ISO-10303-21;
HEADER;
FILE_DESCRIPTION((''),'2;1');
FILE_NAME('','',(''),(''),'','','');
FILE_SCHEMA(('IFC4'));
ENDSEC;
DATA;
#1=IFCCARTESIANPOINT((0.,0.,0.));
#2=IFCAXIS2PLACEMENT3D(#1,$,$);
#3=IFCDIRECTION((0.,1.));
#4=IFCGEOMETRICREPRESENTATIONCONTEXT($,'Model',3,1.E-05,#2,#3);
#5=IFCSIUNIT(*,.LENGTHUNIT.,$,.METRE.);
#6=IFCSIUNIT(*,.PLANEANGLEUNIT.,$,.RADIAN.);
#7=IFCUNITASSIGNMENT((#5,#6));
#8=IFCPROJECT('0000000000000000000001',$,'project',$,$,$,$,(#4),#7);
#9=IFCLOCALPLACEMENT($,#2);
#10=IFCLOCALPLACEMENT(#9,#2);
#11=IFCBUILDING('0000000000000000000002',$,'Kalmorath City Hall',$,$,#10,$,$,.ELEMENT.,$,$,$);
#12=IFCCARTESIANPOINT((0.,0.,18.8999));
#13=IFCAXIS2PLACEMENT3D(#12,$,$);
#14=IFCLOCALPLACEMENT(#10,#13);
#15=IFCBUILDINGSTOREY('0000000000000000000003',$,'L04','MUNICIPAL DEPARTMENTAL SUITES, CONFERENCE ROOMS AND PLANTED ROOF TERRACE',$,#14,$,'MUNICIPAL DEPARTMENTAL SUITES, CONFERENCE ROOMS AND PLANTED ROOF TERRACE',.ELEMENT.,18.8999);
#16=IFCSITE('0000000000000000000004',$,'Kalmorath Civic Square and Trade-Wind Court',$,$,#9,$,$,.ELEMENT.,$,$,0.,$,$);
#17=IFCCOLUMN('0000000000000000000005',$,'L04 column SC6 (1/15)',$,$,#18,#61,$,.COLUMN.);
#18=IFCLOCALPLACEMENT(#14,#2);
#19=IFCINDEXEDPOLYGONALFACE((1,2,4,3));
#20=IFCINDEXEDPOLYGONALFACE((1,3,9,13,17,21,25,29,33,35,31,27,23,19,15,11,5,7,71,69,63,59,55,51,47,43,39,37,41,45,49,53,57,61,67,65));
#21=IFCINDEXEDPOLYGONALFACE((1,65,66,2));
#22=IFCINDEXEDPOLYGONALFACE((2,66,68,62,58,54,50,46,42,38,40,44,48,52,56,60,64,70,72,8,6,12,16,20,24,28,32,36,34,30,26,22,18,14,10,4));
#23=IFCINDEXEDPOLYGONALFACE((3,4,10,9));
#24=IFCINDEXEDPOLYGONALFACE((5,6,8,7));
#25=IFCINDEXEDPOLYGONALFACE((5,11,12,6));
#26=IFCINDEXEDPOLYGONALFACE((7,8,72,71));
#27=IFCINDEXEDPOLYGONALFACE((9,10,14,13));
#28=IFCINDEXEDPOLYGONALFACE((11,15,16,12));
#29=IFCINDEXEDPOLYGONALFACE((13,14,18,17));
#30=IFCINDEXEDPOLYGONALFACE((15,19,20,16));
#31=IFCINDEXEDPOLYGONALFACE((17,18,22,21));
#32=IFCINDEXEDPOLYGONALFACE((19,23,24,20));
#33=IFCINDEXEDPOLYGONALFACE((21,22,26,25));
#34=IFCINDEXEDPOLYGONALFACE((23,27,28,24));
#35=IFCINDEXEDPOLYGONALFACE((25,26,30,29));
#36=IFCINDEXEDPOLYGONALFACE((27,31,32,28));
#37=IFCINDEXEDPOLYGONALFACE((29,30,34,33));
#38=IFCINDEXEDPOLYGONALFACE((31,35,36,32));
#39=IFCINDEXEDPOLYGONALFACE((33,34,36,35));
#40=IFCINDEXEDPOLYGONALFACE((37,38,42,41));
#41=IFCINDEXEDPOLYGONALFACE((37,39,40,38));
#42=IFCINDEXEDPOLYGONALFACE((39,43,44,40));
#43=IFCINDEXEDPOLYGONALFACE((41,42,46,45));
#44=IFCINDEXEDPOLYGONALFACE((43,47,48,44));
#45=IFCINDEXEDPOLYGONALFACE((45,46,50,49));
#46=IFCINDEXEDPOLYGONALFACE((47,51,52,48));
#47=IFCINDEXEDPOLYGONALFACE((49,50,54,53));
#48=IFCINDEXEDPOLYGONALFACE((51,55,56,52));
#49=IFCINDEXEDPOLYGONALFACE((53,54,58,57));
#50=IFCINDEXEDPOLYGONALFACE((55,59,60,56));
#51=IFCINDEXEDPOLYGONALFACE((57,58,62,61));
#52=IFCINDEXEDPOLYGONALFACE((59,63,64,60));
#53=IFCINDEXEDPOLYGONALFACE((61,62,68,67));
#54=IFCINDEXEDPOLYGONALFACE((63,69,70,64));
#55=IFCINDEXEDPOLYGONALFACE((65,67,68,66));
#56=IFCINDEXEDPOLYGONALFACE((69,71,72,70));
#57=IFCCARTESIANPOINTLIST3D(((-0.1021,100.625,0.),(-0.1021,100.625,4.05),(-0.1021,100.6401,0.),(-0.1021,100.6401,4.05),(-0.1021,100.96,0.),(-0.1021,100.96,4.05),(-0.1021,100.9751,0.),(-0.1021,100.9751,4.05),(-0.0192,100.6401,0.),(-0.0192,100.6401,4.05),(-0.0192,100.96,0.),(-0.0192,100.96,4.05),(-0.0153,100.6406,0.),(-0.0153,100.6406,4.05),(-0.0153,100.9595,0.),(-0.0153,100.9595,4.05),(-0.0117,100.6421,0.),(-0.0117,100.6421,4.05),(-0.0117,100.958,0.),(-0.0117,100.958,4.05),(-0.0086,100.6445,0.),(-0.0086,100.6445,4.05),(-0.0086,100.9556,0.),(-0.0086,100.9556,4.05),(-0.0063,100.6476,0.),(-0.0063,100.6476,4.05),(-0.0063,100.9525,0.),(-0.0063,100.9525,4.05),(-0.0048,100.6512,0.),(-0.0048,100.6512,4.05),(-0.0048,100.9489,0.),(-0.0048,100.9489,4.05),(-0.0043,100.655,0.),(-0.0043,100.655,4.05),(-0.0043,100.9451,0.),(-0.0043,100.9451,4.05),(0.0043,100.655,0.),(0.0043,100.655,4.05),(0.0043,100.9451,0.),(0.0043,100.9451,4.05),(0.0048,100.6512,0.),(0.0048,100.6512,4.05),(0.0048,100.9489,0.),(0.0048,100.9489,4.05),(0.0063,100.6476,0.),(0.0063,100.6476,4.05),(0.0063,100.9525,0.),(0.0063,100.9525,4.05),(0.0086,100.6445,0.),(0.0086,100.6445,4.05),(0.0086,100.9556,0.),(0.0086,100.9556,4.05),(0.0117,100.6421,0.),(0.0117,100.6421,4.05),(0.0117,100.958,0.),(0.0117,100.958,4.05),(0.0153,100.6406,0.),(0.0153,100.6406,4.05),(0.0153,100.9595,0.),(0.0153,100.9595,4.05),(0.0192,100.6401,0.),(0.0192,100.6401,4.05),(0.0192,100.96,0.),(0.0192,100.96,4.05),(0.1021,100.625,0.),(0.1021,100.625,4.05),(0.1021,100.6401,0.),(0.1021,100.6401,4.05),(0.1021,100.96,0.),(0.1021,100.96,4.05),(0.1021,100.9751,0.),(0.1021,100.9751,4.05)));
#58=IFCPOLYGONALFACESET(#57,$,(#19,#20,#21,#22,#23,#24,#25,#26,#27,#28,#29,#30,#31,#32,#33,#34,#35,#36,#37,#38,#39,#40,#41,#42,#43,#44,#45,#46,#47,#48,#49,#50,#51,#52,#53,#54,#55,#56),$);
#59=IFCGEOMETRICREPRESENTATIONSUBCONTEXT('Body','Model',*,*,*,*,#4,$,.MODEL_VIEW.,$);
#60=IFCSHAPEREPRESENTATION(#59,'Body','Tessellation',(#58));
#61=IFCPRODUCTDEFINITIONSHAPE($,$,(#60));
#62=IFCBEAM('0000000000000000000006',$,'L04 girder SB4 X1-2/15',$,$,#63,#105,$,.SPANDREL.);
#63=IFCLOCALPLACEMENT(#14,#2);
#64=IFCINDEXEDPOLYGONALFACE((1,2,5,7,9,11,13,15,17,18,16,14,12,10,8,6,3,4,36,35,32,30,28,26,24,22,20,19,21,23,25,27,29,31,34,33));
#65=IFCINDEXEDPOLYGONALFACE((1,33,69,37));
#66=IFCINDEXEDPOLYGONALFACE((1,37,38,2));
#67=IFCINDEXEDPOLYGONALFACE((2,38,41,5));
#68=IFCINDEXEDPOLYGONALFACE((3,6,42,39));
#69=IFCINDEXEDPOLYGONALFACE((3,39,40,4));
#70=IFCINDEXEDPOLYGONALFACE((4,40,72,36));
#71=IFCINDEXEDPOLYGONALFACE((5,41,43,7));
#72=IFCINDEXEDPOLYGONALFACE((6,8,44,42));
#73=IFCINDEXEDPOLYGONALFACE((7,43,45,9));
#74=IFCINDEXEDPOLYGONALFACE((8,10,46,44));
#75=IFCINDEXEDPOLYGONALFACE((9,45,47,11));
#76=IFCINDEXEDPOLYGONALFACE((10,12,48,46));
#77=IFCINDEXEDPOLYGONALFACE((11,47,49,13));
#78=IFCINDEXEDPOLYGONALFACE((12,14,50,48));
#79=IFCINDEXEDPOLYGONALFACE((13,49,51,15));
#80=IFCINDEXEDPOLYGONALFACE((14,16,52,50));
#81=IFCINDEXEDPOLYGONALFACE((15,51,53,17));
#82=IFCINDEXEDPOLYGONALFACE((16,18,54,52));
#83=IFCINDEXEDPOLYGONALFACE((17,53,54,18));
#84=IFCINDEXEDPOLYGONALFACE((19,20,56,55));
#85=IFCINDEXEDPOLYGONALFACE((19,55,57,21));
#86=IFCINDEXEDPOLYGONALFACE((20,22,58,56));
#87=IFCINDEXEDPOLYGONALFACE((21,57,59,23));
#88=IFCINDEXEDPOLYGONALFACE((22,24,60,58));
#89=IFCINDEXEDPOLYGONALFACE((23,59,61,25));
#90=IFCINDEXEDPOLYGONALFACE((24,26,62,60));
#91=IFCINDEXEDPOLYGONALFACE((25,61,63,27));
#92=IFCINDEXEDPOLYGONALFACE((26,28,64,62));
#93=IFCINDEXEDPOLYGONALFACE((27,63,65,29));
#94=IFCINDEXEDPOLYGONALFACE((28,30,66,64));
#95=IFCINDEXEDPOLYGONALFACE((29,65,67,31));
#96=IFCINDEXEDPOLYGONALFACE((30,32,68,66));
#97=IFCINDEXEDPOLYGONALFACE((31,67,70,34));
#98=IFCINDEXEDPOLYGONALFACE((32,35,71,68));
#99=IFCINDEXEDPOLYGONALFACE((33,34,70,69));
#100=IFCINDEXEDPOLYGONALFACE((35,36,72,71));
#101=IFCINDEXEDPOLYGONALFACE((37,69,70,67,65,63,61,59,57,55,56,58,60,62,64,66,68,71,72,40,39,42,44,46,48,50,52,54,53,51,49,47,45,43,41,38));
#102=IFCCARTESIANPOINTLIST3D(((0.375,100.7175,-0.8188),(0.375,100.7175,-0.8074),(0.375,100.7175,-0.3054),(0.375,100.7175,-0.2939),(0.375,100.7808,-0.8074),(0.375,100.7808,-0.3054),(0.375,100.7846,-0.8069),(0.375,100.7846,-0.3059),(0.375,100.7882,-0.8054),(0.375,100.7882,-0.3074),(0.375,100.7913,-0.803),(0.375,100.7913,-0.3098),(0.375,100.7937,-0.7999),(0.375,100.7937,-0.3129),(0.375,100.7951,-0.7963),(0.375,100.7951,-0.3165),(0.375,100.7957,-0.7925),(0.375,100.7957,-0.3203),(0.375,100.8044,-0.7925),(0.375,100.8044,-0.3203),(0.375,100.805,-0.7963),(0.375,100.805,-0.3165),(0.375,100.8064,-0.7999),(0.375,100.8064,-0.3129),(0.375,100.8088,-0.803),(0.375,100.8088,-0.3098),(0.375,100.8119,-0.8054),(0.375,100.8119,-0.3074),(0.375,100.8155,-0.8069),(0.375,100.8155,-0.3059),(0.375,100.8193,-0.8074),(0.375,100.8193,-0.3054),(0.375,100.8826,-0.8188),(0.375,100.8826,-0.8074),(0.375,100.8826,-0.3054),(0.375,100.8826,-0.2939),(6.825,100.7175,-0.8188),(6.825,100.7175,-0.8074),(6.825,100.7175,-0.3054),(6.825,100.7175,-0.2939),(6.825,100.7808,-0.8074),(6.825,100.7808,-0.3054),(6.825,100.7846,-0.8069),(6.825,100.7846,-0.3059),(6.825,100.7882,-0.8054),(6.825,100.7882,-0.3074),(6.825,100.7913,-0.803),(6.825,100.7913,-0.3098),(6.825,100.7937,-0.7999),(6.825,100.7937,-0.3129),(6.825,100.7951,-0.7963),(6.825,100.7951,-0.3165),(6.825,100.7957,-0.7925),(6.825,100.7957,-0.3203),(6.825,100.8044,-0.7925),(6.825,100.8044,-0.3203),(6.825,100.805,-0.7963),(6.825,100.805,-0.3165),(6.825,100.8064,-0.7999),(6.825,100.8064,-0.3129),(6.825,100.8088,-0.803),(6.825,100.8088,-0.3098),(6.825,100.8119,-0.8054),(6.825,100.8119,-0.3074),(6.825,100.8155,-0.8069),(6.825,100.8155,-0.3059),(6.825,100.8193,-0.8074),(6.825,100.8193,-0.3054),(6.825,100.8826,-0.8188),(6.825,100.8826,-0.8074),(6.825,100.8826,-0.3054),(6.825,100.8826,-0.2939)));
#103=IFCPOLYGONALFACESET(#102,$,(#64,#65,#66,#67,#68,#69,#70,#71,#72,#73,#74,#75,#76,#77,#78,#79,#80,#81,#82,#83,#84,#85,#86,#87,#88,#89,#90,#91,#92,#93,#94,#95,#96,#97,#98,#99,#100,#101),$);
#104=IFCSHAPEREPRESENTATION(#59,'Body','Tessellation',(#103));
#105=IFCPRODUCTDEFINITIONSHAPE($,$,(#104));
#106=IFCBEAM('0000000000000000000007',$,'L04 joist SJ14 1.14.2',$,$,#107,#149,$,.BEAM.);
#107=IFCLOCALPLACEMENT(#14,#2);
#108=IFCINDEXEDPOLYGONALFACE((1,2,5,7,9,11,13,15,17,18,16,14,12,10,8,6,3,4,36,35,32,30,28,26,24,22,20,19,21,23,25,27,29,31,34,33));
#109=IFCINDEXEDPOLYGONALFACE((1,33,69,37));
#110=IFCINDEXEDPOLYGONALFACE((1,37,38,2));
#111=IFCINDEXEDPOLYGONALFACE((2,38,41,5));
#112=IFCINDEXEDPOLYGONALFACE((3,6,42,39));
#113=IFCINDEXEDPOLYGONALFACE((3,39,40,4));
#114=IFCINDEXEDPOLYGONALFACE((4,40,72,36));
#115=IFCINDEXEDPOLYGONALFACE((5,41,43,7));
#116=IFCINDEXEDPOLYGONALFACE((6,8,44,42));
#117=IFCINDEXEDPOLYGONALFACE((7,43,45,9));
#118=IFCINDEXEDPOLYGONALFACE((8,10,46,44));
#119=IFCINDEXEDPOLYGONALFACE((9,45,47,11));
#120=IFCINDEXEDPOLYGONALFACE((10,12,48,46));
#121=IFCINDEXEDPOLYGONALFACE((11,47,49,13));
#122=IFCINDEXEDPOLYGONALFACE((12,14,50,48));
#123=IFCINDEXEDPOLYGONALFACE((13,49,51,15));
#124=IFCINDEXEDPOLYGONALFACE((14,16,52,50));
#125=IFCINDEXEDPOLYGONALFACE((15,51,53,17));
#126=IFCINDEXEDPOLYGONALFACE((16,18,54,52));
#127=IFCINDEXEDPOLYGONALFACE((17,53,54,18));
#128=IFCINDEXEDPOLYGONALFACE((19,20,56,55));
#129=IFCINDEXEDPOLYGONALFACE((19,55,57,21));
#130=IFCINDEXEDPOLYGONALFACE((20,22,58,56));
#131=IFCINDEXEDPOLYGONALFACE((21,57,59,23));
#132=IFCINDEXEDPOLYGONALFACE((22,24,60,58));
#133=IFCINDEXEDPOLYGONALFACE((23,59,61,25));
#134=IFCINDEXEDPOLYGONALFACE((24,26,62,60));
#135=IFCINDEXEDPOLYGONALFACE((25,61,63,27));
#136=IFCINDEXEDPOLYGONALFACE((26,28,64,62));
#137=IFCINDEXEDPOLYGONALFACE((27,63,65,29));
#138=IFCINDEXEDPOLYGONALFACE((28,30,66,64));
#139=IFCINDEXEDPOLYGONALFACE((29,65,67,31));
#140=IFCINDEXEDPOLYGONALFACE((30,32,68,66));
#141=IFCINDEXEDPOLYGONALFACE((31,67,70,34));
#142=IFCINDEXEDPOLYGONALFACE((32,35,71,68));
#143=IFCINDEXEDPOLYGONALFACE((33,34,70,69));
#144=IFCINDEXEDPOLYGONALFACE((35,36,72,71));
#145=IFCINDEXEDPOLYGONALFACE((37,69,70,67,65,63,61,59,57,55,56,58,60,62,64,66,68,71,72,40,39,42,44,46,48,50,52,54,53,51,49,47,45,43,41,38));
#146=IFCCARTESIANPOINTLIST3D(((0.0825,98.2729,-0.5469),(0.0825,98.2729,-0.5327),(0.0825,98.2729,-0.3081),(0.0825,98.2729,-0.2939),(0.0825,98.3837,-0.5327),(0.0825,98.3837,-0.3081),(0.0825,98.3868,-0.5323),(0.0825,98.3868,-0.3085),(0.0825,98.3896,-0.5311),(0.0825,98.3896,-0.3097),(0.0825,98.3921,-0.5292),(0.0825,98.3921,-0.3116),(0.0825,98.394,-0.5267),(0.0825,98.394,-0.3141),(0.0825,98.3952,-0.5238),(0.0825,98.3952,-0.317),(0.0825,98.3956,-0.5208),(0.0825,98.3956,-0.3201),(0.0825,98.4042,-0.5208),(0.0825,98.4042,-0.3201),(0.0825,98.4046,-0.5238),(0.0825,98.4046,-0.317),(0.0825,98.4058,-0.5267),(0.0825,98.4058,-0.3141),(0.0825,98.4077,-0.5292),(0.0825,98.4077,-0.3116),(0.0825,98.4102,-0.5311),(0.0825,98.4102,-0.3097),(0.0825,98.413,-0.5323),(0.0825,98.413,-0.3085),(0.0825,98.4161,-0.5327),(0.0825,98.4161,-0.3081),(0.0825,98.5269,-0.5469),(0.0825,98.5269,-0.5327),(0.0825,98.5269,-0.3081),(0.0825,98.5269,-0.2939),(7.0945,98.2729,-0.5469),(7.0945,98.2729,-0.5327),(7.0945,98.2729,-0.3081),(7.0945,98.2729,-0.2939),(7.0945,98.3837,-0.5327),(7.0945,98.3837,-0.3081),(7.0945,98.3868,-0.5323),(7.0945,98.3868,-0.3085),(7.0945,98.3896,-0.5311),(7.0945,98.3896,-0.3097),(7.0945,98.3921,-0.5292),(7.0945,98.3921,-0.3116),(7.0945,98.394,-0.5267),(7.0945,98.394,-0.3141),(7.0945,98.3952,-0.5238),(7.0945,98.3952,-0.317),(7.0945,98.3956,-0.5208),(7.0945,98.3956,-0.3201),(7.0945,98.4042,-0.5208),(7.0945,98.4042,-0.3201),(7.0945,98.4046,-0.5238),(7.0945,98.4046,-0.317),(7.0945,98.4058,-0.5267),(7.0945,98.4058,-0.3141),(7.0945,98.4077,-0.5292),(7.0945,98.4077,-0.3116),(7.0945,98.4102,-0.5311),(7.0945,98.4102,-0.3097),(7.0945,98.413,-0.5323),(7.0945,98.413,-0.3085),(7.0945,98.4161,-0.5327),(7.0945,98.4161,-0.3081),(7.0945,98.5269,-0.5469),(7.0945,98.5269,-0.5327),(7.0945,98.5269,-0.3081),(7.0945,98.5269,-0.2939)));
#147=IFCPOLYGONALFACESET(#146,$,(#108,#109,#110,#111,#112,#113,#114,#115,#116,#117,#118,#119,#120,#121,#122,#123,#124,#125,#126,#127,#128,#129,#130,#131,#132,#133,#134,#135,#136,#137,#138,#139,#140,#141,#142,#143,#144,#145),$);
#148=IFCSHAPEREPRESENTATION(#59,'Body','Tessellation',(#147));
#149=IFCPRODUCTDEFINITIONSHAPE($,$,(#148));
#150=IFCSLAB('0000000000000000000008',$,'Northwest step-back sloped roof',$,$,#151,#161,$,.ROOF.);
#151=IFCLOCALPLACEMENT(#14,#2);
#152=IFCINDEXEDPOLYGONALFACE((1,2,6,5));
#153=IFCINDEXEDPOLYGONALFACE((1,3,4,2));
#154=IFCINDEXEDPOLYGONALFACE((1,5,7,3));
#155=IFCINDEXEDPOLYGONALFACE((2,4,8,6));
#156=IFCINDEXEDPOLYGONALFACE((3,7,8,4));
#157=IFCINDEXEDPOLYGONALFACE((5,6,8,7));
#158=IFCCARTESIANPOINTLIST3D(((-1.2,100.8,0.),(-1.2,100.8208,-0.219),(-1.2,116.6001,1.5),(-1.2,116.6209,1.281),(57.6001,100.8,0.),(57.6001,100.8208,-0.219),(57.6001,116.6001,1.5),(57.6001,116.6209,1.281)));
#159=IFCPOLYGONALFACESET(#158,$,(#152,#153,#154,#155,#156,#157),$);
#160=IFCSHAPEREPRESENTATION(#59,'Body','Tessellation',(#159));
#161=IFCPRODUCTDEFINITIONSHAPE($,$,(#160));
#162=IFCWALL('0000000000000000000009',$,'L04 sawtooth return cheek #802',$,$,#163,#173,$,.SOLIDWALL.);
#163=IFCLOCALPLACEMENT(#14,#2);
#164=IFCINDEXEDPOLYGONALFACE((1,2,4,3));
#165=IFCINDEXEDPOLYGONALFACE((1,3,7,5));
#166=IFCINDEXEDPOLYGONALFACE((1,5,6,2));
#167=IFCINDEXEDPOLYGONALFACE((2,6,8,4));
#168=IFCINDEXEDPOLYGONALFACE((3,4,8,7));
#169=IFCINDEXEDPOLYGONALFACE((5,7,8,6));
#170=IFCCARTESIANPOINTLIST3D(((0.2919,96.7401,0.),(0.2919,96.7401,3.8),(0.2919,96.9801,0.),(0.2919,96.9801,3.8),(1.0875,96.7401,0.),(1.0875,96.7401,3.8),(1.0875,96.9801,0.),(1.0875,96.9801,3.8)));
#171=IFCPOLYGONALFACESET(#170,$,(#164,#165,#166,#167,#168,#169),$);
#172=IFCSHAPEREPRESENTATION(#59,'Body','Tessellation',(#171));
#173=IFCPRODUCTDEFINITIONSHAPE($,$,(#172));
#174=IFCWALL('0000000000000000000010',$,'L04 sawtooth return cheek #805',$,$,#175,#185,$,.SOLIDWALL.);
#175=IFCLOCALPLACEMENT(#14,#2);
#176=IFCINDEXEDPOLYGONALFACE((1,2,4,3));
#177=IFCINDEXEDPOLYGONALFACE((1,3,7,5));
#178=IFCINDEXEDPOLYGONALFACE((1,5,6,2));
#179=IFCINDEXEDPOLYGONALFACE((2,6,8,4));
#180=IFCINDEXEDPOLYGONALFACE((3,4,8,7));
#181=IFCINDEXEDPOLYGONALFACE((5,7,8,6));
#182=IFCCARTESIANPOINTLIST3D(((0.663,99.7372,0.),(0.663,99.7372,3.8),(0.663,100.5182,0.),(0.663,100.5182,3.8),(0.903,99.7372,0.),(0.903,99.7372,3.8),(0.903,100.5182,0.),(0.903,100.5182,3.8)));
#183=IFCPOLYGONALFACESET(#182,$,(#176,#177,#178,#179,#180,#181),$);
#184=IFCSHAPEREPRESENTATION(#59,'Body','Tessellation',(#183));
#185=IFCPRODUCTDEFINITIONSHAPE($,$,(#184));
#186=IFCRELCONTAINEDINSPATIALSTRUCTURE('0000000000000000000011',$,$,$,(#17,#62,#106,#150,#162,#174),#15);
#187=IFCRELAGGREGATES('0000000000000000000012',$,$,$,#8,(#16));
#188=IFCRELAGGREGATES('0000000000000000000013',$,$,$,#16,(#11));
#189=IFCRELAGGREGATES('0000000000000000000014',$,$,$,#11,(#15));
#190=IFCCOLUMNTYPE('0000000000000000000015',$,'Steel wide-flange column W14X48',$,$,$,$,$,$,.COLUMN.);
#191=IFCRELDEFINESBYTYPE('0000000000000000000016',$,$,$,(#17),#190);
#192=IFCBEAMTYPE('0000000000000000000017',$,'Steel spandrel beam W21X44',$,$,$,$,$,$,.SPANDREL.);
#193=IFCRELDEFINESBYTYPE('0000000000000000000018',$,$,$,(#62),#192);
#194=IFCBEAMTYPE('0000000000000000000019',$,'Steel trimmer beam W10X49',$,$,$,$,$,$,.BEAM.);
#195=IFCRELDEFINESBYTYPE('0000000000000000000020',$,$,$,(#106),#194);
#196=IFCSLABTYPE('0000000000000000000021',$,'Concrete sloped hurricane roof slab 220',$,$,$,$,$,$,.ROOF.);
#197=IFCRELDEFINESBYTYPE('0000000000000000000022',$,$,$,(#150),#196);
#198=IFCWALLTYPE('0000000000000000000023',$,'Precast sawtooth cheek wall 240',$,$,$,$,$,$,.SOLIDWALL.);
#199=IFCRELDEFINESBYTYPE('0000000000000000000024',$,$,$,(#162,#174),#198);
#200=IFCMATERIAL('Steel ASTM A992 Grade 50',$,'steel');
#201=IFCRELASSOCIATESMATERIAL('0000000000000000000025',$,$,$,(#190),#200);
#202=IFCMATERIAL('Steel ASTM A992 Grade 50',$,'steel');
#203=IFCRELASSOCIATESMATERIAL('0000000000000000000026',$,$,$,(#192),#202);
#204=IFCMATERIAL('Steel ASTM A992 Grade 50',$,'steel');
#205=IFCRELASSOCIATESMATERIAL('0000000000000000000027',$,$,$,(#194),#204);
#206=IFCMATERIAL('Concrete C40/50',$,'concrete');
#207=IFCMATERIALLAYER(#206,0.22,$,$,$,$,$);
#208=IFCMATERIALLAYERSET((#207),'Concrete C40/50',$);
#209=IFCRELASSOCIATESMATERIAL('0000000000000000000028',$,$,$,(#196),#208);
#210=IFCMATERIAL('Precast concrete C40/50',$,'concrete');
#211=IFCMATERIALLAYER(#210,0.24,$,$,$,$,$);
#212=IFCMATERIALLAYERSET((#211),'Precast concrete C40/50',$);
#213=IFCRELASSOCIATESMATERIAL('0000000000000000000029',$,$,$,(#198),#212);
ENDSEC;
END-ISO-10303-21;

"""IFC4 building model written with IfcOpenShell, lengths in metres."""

from ifc_helpers import new_model, si_unit, direction, frame, frame_2d, origin, origin_2d, place, context, subcontext, project, spatial, polyline, rectangle, i_section, outline, extrude, material, layer, layer_set, material_profile, profile_set, type_object, element, save


model = new_model("IFC4")

# Units and contexts
model_context = context("Model", 3, precision=1e-05, world=origin(), true_north=direction((0.0, 1.0)))
body_context = subcontext(model_context, "Body", "Model", "MODEL_VIEW")
ifc_project = project(units=[si_unit("LENGTHUNIT", "METRE"), si_unit("PLANEANGLEUNIT", "RADIAN")], contexts=[model_context])

# Site, building, storey
site_placement = place(None, origin())
site = spatial("IfcSite", under=ifc_project, at=site_placement, Name="Kalmorath Civic Square and Trade-Wind Court", CompositionType="ELEMENT", RefElevation=0.0)
building_placement = place(site_placement, origin())
building = spatial("IfcBuilding", under=site, at=building_placement, Name="Kalmorath City Hall", CompositionType="ELEMENT")
storey_placement = place(building_placement, frame((0.0, 0.0, 18.8999)))
storey = spatial("IfcBuildingStorey", under=building, at=storey_placement, Name="L04", Description="MUNICIPAL DEPARTMENTAL SUITES, CONFERENCE ROOMS AND PLANTED ROOF TERRACE", LongName="MUNICIPAL DEPARTMENTAL SUITES, CONFERENCE ROOMS AND PLANTED ROOF TERRACE", CompositionType="ELEMENT", Elevation=18.8999)

# Column
ifc_material_1 = material(Name="Steel ASTM A992 Grade 50", Category="steel")
ifc_material_profile_1 = material_profile(ifc_material_1, i_section(OverallWidth=0.2041, OverallDepth=0.3501, WebThickness=0.0085, FlangeThickness=0.0151, FilletRadius=0.0149, at=origin_2d()), Name="W14X48")
ifc_profile_set_1 = profile_set([ifc_material_profile_1], Name="Steel ASTM A992 Grade 50")
column_type = type_object("IfcColumnType", Name="Steel wide-flange column W14X48", PredefinedType="COLUMN", material=ifc_profile_set_1)
column_placement = place(storey_placement, frame((0.0, 100.8, 0.0), z_axis=(0.0, 0.0, 1.0), x_axis=(1.0, 0.0, 0.0)))
element("IfcColumn", 1, at=column_placement, inside=storey, type_object=column_type, Name="L04 column SC6 (1/15)", PredefinedType="COLUMN", context=body_context, shape_type="SweptSolid", body=[
    extrude(i_section(OverallWidth=0.2041, OverallDepth=0.3501, WebThickness=0.0085, FlangeThickness=0.0151, FilletRadius=0.0149, at=origin_2d()), origin(), (0.0, 0.0, 1.0), 4.05),
])

# Beams
ifc_material_2 = material(Name="Steel ASTM A992 Grade 50", Category="steel")
ifc_material_profile_2 = material_profile(ifc_material_2, i_section(OverallWidth=0.165, OverallDepth=0.5249, WebThickness=0.0088, FlangeThickness=0.0115, FilletRadius=0.0149, at=origin_2d()), Name="W21X44")
ifc_profile_set_2 = profile_set([ifc_material_profile_2], Name="Steel ASTM A992 Grade 50")
beam_type_1 = type_object("IfcBeamType", Name="Steel spandrel beam W21X44", PredefinedType="SPANDREL", material=ifc_profile_set_2)
beam_1_placement = place(storey_placement, frame((0.375, 100.8, -0.5564), z_axis=(1.0, 0.0, 0.0), x_axis=(0.0, 1.0, 0.0)))
element("IfcBeam", 2, at=beam_1_placement, inside=storey, type_object=beam_type_1, Name="L04 girder SB4 X1-2/15", PredefinedType="SPANDREL", context=body_context, shape_type="SweptSolid", body=[
    extrude(i_section(OverallWidth=0.165, OverallDepth=0.5249, WebThickness=0.0088, FlangeThickness=0.0115, FilletRadius=0.0149, at=origin_2d()), origin(), (0.0, 0.0, 1.0), 6.45),
])
ifc_material_3 = material(Name="Steel ASTM A992 Grade 50", Category="steel")
ifc_material_profile_3 = material_profile(ifc_material_3, i_section(OverallWidth=0.2539, OverallDepth=0.2529, WebThickness=0.0085, FlangeThickness=0.0142, FilletRadius=0.012, at=origin_2d()), Name="W10X49")
ifc_profile_set_3 = profile_set([ifc_material_profile_3], Name="Steel ASTM A992 Grade 50")
beam_type_2 = type_object("IfcBeamType", Name="Steel trimmer beam W10X49", PredefinedType="BEAM", material=ifc_profile_set_3)
beam_2_placement = place(storey_placement, frame((0.0825, 98.3999, -0.4204), z_axis=(1.0, 0.0, 0.0), x_axis=(0.0, 1.0, 0.0)))
element("IfcBeam", 3, at=beam_2_placement, inside=storey, type_object=beam_type_2, Name="L04 joist SJ14 1.14.2", PredefinedType="BEAM", context=body_context, shape_type="SweptSolid", body=[
    extrude(i_section(OverallWidth=0.2539, OverallDepth=0.2529, WebThickness=0.0085, FlangeThickness=0.0142, FilletRadius=0.012, at=origin_2d()), origin(), (0.0, 0.0, 1.0), 7.012),
])

# Slab
ifc_material_4 = material(Name="Concrete C40/50", Category="concrete")
ifc_layer_1 = layer(ifc_material_4, 0.22)
ifc_layer_set_1 = layer_set([ifc_layer_1], Name="Concrete C40/50")
slab_type = type_object("IfcSlabType", Name="Concrete sloped hurricane roof slab 220", PredefinedType="ROOF", material=ifc_layer_set_1)
slab_placement = place(storey_placement, frame((-1.2, 100.8, 0.0), z_axis=(0.0, -0.094511, 0.995524), x_axis=(1.0, 0.0, 0.0)))
element("IfcSlab", 4, at=slab_placement, inside=storey, type_object=slab_type, Name="Northwest step-back sloped roof", PredefinedType="ROOF", context=body_context, shape_type="SweptSolid", body=[
    extrude(outline(polyline([(0.0, 0.0), (58.8, 0.0), (58.8, 15.8711), (0.0, 15.8711), (0.0, 0.0)])), origin(), (0.0, 0.0, -1.0), 0.22),
])

# Walls
ifc_material_5 = material(Name="Precast concrete C40/50", Category="concrete")
ifc_layer_2 = layer(ifc_material_5, 0.24)
ifc_layer_set_2 = layer_set([ifc_layer_2], Name="Precast concrete C40/50")
wall_type_1 = type_object("IfcWallType", Name="Precast sawtooth cheek wall 240", PredefinedType="SOLIDWALL", material=ifc_layer_set_2)
wall_1_placement = place(storey_placement, frame((1.0876, 96.8601, 0.0), z_axis=(0.0, 0.0, 1.0), x_axis=(-1.0, 0.0, 0.0)))
element("IfcWall", 5, at=wall_1_placement, inside=storey, type_object=wall_type_1, Name="L04 sawtooth return cheek #802", PredefinedType="SOLIDWALL", context=body_context, shape_type="SweptSolid", body=[
    extrude(rectangle(XDim=0.7957, YDim=0.24, at=frame_2d((0.3979, 0.0))), origin(), (0.0, 0.0, 1.0), 3.8),
])
wall_2_placement = place(storey_placement, frame((0.783, 99.7371, 0.0), z_axis=(0.0, 0.0, 1.0), x_axis=(0.0, 1.0, 0.0)))
element("IfcWall", 6, at=wall_2_placement, inside=storey, type_object=wall_type_1, Name="L04 sawtooth return cheek #805", PredefinedType="SOLIDWALL", context=body_context, shape_type="SweptSolid", body=[
    extrude(rectangle(XDim=0.781, YDim=0.24, at=frame_2d((0.3906, 0.0))), origin(), (0.0, 0.0, 1.0), 3.8),
])

save(model, "model.ifc")
